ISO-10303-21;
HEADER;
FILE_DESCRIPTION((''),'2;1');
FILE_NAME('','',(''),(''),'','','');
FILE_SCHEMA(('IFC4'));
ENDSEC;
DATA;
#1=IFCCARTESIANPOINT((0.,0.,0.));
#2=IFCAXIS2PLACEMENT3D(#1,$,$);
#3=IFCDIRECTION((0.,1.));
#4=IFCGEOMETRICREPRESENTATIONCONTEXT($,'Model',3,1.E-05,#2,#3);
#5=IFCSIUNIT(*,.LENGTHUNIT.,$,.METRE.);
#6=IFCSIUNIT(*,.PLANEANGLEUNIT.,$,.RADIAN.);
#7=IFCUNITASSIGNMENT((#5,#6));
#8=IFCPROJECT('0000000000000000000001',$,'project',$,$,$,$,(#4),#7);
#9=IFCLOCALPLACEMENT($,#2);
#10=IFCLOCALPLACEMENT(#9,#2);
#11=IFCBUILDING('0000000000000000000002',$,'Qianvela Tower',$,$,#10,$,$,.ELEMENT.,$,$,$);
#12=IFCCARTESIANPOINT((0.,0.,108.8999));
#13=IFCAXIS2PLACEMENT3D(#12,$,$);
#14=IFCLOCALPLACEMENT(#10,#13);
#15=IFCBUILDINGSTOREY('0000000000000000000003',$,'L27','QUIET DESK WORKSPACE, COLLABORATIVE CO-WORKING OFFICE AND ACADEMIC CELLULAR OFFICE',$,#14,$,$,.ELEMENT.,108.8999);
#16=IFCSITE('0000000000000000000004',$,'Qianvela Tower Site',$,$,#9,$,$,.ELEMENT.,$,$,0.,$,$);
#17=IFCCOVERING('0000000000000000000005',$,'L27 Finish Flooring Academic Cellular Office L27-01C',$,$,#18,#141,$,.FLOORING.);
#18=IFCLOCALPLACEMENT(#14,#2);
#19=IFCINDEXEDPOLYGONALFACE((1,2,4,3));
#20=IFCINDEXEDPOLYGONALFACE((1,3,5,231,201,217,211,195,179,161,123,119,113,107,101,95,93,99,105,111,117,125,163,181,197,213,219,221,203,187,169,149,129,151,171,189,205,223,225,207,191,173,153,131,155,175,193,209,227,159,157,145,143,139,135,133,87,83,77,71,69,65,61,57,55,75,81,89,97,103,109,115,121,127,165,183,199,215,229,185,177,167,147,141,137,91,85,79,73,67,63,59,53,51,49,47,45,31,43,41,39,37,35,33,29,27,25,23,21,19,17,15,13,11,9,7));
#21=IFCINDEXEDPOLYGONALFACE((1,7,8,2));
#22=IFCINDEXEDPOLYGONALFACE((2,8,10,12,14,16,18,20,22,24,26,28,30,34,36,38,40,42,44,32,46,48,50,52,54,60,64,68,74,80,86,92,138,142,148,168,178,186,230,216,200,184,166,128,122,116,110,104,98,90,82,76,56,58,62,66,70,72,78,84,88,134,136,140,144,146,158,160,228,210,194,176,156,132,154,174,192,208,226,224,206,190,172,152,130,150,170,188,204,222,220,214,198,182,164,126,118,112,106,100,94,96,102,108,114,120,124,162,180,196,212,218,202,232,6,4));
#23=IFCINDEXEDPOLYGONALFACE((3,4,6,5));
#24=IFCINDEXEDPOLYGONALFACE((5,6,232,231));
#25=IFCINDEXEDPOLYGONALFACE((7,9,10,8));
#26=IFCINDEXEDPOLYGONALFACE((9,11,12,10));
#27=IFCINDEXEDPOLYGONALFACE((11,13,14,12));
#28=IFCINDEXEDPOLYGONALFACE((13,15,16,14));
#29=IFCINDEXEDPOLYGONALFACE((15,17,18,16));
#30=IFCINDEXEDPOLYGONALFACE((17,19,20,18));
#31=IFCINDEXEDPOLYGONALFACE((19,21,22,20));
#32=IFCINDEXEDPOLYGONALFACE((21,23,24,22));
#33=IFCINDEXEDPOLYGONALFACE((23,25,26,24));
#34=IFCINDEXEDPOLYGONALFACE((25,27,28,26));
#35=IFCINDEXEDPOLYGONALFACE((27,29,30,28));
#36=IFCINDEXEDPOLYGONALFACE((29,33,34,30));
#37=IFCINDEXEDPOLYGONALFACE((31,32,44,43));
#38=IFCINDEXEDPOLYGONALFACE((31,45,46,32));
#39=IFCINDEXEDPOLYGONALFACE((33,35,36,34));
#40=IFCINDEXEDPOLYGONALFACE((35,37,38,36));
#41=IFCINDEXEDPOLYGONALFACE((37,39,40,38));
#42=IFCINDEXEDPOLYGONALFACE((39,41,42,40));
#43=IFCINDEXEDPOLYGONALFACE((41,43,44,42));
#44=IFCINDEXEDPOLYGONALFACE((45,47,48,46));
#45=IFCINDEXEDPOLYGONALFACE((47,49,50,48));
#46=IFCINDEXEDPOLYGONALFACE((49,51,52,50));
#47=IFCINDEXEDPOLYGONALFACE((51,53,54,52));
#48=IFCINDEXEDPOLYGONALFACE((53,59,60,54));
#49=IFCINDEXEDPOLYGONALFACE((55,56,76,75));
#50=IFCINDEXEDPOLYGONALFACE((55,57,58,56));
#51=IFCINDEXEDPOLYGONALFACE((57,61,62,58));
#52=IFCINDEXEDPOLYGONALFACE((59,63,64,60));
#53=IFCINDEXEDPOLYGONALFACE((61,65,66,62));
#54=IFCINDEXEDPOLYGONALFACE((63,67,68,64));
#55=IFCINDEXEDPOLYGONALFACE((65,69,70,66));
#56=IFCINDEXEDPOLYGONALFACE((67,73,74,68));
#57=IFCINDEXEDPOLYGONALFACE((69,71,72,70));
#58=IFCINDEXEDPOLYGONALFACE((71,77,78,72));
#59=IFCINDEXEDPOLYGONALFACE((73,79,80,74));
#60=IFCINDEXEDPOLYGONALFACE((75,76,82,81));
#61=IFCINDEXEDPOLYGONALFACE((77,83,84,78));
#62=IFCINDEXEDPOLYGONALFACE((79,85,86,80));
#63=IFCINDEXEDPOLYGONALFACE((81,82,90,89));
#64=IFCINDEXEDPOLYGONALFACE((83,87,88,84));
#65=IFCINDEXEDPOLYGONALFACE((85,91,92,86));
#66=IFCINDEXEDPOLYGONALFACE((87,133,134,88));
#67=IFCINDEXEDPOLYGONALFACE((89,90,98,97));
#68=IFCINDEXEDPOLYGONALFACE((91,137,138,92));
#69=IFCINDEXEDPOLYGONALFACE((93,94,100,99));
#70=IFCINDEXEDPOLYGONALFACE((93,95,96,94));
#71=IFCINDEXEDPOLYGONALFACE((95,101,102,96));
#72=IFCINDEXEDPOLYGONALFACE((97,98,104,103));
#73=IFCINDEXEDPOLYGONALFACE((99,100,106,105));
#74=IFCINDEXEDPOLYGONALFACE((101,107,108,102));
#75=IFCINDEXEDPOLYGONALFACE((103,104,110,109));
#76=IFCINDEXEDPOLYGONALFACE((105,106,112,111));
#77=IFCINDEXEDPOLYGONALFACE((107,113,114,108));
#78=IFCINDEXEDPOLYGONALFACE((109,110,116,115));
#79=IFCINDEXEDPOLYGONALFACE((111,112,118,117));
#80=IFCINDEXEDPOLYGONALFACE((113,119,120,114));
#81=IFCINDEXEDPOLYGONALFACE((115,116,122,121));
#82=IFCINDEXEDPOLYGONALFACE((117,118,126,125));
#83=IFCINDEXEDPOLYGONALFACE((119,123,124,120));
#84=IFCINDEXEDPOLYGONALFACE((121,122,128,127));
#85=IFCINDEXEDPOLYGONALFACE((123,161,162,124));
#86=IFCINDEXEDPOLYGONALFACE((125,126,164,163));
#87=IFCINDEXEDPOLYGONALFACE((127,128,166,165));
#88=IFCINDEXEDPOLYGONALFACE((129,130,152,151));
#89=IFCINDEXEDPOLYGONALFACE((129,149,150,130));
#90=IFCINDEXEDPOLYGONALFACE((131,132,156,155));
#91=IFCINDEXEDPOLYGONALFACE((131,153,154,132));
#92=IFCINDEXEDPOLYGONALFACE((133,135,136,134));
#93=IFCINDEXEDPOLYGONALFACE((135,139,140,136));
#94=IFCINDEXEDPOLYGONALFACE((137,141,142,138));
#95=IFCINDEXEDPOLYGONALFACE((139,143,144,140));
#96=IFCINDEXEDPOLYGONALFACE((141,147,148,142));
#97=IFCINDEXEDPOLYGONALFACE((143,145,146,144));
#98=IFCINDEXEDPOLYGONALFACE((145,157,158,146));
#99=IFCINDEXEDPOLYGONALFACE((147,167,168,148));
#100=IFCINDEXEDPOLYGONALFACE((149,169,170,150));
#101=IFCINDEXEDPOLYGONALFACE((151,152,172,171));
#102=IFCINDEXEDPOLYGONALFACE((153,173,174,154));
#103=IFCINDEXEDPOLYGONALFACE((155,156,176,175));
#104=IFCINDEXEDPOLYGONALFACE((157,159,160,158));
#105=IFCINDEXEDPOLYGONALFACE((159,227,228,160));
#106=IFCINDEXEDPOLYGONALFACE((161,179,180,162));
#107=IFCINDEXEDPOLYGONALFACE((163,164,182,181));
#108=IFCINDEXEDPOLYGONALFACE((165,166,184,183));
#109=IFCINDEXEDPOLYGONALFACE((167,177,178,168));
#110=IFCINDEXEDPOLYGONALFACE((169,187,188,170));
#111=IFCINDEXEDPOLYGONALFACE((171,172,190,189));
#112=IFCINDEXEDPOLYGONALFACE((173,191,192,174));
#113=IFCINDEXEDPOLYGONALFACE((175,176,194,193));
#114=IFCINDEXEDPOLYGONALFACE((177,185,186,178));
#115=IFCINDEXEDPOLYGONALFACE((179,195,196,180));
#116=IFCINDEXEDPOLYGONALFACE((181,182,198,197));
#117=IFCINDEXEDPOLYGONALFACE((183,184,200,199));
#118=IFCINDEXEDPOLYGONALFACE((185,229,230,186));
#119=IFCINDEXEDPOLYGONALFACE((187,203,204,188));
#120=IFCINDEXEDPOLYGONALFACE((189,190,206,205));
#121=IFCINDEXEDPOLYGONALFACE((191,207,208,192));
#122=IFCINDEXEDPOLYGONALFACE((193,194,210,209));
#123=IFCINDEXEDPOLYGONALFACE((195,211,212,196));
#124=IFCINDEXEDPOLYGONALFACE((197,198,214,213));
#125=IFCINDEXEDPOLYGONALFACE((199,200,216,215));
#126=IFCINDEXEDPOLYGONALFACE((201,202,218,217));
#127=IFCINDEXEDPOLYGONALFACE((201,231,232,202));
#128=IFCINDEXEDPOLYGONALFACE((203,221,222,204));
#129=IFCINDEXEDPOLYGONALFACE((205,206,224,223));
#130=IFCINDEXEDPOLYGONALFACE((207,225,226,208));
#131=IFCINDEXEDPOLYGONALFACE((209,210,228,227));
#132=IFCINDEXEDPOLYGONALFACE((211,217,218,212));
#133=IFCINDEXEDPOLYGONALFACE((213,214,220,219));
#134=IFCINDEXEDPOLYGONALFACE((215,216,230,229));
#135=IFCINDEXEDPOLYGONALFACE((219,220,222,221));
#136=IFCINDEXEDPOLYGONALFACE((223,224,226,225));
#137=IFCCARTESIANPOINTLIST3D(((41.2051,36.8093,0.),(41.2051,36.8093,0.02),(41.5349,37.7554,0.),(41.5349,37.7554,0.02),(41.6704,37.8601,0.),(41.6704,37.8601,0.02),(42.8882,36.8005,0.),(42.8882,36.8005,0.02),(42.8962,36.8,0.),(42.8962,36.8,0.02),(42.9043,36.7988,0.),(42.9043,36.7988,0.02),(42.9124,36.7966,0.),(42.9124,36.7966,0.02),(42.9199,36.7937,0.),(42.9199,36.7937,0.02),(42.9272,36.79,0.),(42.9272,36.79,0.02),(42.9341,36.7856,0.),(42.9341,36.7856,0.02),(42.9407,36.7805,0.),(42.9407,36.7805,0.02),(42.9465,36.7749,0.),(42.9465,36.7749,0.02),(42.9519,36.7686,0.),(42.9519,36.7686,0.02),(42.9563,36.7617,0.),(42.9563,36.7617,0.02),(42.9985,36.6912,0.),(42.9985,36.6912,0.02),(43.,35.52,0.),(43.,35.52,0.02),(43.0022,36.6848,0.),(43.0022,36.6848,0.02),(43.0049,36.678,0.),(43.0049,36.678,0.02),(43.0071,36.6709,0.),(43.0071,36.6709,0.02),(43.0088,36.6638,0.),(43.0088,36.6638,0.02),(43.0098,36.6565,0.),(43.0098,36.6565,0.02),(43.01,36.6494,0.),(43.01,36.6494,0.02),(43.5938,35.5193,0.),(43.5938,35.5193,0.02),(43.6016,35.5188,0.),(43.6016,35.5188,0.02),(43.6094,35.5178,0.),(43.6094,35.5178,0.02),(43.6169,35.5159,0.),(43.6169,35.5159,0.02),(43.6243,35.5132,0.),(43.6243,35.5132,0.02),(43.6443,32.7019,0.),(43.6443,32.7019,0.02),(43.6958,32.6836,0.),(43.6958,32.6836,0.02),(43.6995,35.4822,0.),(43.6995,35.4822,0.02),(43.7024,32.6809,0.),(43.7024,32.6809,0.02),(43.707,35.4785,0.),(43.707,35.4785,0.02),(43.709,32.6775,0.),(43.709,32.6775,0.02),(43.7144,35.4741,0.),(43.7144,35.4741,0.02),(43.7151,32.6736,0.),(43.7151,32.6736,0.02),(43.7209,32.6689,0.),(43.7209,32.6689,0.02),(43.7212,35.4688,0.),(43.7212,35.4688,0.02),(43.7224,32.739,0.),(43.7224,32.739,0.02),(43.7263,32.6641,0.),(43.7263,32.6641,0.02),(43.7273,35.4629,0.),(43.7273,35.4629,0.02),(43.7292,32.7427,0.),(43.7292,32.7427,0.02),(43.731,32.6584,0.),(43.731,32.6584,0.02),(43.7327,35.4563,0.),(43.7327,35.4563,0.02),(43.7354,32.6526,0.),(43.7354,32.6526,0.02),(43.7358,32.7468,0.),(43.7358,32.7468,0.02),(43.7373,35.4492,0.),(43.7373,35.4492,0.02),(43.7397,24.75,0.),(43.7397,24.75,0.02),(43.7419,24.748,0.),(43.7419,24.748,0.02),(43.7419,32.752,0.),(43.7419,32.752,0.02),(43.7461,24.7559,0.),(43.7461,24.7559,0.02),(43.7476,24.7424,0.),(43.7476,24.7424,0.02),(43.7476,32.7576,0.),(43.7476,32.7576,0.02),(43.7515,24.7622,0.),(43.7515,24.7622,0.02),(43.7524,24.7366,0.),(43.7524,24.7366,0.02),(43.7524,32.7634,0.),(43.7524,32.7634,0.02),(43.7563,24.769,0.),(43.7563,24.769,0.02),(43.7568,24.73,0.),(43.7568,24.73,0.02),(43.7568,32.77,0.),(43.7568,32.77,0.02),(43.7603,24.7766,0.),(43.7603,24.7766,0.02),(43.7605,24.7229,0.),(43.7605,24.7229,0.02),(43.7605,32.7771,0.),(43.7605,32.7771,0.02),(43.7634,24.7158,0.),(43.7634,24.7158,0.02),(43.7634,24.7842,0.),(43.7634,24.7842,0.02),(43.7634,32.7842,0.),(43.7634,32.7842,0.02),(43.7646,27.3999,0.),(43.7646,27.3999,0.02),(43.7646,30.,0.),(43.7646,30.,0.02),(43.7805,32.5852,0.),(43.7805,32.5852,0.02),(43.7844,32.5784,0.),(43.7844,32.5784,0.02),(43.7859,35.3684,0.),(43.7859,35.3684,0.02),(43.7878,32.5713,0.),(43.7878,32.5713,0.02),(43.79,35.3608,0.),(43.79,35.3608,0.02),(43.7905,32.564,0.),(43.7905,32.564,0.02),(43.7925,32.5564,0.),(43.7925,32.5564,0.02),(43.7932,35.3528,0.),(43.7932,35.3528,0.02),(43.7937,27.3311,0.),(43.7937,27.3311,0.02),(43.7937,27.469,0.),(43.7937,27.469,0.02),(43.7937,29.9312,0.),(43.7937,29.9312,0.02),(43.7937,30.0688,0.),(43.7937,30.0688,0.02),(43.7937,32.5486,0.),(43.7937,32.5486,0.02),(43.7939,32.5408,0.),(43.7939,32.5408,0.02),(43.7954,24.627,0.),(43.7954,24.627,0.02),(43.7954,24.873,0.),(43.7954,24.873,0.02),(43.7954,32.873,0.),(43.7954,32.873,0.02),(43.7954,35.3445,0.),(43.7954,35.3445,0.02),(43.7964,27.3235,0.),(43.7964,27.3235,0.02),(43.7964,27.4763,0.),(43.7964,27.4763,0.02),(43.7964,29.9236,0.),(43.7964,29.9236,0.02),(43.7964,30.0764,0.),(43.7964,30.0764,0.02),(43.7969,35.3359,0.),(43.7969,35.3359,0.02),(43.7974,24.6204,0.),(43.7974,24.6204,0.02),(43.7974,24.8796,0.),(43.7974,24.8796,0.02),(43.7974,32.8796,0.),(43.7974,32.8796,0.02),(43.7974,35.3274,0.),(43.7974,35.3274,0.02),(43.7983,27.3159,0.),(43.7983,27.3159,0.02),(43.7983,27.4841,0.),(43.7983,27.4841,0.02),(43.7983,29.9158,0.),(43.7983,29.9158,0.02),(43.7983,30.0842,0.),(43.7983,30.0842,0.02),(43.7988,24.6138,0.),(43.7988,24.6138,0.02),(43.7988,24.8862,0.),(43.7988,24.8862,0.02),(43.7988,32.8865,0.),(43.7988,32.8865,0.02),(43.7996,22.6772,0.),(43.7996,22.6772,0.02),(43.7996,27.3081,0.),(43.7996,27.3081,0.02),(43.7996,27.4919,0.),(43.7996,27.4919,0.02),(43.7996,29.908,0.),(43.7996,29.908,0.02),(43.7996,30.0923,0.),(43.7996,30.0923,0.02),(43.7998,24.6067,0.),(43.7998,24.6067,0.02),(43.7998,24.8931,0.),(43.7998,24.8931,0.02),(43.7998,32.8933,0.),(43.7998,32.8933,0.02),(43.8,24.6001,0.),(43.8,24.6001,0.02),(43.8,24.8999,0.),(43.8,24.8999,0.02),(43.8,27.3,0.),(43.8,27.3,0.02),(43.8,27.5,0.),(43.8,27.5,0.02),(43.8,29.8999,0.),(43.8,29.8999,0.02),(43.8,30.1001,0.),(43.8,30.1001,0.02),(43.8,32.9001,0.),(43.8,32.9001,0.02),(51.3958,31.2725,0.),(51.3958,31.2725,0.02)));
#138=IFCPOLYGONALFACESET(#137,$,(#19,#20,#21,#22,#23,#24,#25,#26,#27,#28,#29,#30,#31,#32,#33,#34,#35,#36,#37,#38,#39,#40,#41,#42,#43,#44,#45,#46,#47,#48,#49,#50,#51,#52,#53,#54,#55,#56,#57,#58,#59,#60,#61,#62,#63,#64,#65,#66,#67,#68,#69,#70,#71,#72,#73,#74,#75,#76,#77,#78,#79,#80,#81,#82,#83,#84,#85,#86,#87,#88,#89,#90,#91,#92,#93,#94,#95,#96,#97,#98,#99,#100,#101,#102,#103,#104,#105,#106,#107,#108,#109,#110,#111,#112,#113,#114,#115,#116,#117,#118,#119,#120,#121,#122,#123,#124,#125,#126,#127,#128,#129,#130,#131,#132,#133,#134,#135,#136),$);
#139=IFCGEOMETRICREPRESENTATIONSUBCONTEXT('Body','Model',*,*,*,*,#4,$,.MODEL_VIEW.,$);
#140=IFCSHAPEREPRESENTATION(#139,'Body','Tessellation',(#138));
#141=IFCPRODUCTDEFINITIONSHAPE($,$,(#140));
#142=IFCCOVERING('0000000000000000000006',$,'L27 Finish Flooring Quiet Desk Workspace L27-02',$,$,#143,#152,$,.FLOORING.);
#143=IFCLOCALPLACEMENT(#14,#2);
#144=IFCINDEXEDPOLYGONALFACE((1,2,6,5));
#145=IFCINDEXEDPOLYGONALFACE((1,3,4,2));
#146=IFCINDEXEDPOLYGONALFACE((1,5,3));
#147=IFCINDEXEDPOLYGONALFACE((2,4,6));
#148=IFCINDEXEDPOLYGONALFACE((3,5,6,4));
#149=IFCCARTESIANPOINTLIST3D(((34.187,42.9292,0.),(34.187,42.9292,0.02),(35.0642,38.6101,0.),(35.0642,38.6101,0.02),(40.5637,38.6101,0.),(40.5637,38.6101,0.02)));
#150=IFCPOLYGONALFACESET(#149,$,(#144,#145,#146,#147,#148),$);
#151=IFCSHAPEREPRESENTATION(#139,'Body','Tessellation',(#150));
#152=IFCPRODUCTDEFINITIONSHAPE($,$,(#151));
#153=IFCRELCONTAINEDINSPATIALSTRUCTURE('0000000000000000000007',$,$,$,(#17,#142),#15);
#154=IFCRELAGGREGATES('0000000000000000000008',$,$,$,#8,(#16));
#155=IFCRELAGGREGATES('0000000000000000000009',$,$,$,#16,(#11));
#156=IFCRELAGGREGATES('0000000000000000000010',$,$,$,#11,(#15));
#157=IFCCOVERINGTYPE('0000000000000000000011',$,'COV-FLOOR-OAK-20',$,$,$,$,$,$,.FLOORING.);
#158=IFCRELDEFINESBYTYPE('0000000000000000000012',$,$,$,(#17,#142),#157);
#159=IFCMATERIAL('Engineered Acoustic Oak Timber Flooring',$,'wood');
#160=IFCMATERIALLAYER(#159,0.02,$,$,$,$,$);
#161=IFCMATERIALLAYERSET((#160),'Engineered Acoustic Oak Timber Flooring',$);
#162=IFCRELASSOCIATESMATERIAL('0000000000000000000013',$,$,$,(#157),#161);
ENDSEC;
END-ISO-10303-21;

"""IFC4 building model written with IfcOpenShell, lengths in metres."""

from ifc_helpers import new_model, si_unit, direction, frame, origin, place, context, subcontext, project, spatial, polyline, outline, extrude, material, layer, layer_set, type_object, element, save


model = new_model("IFC4")

# Units and contexts
model_context = context("Model", 3, precision=1e-05, world=origin(), true_north=direction((0.0, 1.0)))
body_context = subcontext(model_context, "Body", "Model", "MODEL_VIEW")
ifc_project = project(units=[si_unit("LENGTHUNIT", "METRE"), si_unit("PLANEANGLEUNIT", "RADIAN")], contexts=[model_context])

# Site, building, storey
site_placement = place(None, origin())
site = spatial("IfcSite", under=ifc_project, at=site_placement, Name="Qianvela Tower Site", CompositionType="ELEMENT", RefElevation=0.0)
building_placement = place(site_placement, origin())
building = spatial("IfcBuilding", under=site, at=building_placement, Name="Qianvela Tower", CompositionType="ELEMENT")
storey_placement = place(building_placement, frame((0.0, 0.0, 108.8999)))
storey = spatial("IfcBuildingStorey", under=building, at=storey_placement, Name="L27", Description="QUIET DESK WORKSPACE, COLLABORATIVE CO-WORKING OFFICE AND ACADEMIC CELLULAR OFFICE", CompositionType="ELEMENT", Elevation=108.8999)

# Coverings
ifc_material_1 = material(Name="Engineered Acoustic Oak Timber Flooring", Category="wood")
ifc_layer_1 = layer(ifc_material_1, 0.02)
ifc_layer_set_1 = layer_set([ifc_layer_1], Name="Engineered Acoustic Oak Timber Flooring")
covering_type_1 = type_object("IfcCoveringType", Name="COV-FLOOR-OAK-20", PredefinedType="FLOORING", material=ifc_layer_set_1)
covering_1_placement = place(storey_placement, origin())
element("IfcCovering", 1, at=covering_1_placement, inside=storey, type_object=covering_type_1, Name="L27 Finish Flooring Academic Cellular Office L27-01C", PredefinedType="FLOORING", context=body_context, shape_type="SweptSolid", body=[
    extrude(outline(polyline([(43.6443, 32.7019), (43.7224, 32.739), (43.7292, 32.7427), (43.7358, 32.7468), (43.7419, 32.752), (43.7476, 32.7576), (43.7524, 32.7634), (43.7568, 32.77), (43.7605, 32.7771), (43.7634, 32.7842), (43.7954, 32.873), (43.7974, 32.8796), (43.7988, 32.8865), (43.7998, 32.8933), (43.8, 32.9001), (43.7974, 35.3274), (43.7969, 35.3359), (43.7954, 35.3445), (43.7932, 35.3528), (43.79, 35.3608), (43.7859, 35.3684), (43.7373, 35.4492), (43.7327, 35.4563), (43.7273, 35.4629), (43.7212, 35.4688), (43.7144, 35.4741), (43.707, 35.4785), (43.6995, 35.4822), (43.6243, 35.5132), (43.6169, 35.5159), (43.6094, 35.5178), (43.6016, 35.5188), (43.5938, 35.5193), (43.0, 35.52), (43.01, 36.6494), (43.0098, 36.6565), (43.0088, 36.6638), (43.0071, 36.6709), (43.0049, 36.678), (43.0022, 36.6848), (42.9985, 36.6912), (42.9563, 36.7617), (42.9519, 36.7686), (42.9465, 36.7749), (42.9407, 36.7805), (42.9341, 36.7856), (42.9272, 36.79), (42.9199, 36.7937), (42.9124, 36.7966), (42.9043, 36.7988), (42.8962, 36.8), (42.8882, 36.8005), (41.2051, 36.8093), (41.5349, 37.7554), (41.6704, 37.8601), (51.3958, 31.2725), (43.7996, 22.6772), (43.8, 24.6001), (43.7998, 24.6067), (43.7988, 24.6138), (43.7974, 24.6204), (43.7954, 24.627), (43.7634, 24.7158), (43.7605, 24.7229), (43.7568, 24.73), (43.7524, 24.7366), (43.7476, 24.7424), (43.7419, 24.748), (43.7397, 24.75), (43.7397, 24.75), (43.7461, 24.7559), (43.7515, 24.7622), (43.7563, 24.769), (43.7603, 24.7766), (43.7634, 24.7842), (43.7954, 24.873), (43.7974, 24.8796), (43.7988, 24.8862), (43.7998, 24.8931), (43.8, 24.8999), (43.8, 27.3), (43.7996, 27.3081), (43.7983, 27.3159), (43.7964, 27.3235), (43.7937, 27.3311), (43.7646, 27.3999), (43.7937, 27.469), (43.7964, 27.4763), (43.7983, 27.4841), (43.7996, 27.4919), (43.8, 27.5), (43.8, 29.8999), (43.7996, 29.908), (43.7983, 29.9158), (43.7964, 29.9236), (43.7937, 29.9312), (43.7646, 30.0), (43.7937, 30.0688), (43.7964, 30.0764), (43.7983, 30.0842), (43.7996, 30.0923), (43.8, 30.1001), (43.7939, 32.5408), (43.7937, 32.5486), (43.7925, 32.5564), (43.7905, 32.564), (43.7878, 32.5713), (43.7844, 32.5784), (43.7805, 32.5852), (43.7354, 32.6526), (43.731, 32.6584), (43.7263, 32.6641), (43.7209, 32.6689), (43.7151, 32.6736), (43.709, 32.6775), (43.7024, 32.6809), (43.6958, 32.6836), (43.6443, 32.7019)])), origin(), (0.0, 0.0, 1.0), 0.02),
])
covering_2_placement = place(storey_placement, origin())
element("IfcCovering", 2, at=covering_2_placement, inside=storey, type_object=covering_type_1, Name="L27 Finish Flooring Quiet Desk Workspace L27-02", PredefinedType="FLOORING", context=body_context, shape_type="SweptSolid", body=[
    extrude(outline(polyline([(35.0642, 38.6101), (34.187, 42.9292), (40.5637, 38.6101), (35.0642, 38.6101)])), origin(), (0.0, 0.0, 1.0), 0.02),
])

save(model, "model.ifc")
